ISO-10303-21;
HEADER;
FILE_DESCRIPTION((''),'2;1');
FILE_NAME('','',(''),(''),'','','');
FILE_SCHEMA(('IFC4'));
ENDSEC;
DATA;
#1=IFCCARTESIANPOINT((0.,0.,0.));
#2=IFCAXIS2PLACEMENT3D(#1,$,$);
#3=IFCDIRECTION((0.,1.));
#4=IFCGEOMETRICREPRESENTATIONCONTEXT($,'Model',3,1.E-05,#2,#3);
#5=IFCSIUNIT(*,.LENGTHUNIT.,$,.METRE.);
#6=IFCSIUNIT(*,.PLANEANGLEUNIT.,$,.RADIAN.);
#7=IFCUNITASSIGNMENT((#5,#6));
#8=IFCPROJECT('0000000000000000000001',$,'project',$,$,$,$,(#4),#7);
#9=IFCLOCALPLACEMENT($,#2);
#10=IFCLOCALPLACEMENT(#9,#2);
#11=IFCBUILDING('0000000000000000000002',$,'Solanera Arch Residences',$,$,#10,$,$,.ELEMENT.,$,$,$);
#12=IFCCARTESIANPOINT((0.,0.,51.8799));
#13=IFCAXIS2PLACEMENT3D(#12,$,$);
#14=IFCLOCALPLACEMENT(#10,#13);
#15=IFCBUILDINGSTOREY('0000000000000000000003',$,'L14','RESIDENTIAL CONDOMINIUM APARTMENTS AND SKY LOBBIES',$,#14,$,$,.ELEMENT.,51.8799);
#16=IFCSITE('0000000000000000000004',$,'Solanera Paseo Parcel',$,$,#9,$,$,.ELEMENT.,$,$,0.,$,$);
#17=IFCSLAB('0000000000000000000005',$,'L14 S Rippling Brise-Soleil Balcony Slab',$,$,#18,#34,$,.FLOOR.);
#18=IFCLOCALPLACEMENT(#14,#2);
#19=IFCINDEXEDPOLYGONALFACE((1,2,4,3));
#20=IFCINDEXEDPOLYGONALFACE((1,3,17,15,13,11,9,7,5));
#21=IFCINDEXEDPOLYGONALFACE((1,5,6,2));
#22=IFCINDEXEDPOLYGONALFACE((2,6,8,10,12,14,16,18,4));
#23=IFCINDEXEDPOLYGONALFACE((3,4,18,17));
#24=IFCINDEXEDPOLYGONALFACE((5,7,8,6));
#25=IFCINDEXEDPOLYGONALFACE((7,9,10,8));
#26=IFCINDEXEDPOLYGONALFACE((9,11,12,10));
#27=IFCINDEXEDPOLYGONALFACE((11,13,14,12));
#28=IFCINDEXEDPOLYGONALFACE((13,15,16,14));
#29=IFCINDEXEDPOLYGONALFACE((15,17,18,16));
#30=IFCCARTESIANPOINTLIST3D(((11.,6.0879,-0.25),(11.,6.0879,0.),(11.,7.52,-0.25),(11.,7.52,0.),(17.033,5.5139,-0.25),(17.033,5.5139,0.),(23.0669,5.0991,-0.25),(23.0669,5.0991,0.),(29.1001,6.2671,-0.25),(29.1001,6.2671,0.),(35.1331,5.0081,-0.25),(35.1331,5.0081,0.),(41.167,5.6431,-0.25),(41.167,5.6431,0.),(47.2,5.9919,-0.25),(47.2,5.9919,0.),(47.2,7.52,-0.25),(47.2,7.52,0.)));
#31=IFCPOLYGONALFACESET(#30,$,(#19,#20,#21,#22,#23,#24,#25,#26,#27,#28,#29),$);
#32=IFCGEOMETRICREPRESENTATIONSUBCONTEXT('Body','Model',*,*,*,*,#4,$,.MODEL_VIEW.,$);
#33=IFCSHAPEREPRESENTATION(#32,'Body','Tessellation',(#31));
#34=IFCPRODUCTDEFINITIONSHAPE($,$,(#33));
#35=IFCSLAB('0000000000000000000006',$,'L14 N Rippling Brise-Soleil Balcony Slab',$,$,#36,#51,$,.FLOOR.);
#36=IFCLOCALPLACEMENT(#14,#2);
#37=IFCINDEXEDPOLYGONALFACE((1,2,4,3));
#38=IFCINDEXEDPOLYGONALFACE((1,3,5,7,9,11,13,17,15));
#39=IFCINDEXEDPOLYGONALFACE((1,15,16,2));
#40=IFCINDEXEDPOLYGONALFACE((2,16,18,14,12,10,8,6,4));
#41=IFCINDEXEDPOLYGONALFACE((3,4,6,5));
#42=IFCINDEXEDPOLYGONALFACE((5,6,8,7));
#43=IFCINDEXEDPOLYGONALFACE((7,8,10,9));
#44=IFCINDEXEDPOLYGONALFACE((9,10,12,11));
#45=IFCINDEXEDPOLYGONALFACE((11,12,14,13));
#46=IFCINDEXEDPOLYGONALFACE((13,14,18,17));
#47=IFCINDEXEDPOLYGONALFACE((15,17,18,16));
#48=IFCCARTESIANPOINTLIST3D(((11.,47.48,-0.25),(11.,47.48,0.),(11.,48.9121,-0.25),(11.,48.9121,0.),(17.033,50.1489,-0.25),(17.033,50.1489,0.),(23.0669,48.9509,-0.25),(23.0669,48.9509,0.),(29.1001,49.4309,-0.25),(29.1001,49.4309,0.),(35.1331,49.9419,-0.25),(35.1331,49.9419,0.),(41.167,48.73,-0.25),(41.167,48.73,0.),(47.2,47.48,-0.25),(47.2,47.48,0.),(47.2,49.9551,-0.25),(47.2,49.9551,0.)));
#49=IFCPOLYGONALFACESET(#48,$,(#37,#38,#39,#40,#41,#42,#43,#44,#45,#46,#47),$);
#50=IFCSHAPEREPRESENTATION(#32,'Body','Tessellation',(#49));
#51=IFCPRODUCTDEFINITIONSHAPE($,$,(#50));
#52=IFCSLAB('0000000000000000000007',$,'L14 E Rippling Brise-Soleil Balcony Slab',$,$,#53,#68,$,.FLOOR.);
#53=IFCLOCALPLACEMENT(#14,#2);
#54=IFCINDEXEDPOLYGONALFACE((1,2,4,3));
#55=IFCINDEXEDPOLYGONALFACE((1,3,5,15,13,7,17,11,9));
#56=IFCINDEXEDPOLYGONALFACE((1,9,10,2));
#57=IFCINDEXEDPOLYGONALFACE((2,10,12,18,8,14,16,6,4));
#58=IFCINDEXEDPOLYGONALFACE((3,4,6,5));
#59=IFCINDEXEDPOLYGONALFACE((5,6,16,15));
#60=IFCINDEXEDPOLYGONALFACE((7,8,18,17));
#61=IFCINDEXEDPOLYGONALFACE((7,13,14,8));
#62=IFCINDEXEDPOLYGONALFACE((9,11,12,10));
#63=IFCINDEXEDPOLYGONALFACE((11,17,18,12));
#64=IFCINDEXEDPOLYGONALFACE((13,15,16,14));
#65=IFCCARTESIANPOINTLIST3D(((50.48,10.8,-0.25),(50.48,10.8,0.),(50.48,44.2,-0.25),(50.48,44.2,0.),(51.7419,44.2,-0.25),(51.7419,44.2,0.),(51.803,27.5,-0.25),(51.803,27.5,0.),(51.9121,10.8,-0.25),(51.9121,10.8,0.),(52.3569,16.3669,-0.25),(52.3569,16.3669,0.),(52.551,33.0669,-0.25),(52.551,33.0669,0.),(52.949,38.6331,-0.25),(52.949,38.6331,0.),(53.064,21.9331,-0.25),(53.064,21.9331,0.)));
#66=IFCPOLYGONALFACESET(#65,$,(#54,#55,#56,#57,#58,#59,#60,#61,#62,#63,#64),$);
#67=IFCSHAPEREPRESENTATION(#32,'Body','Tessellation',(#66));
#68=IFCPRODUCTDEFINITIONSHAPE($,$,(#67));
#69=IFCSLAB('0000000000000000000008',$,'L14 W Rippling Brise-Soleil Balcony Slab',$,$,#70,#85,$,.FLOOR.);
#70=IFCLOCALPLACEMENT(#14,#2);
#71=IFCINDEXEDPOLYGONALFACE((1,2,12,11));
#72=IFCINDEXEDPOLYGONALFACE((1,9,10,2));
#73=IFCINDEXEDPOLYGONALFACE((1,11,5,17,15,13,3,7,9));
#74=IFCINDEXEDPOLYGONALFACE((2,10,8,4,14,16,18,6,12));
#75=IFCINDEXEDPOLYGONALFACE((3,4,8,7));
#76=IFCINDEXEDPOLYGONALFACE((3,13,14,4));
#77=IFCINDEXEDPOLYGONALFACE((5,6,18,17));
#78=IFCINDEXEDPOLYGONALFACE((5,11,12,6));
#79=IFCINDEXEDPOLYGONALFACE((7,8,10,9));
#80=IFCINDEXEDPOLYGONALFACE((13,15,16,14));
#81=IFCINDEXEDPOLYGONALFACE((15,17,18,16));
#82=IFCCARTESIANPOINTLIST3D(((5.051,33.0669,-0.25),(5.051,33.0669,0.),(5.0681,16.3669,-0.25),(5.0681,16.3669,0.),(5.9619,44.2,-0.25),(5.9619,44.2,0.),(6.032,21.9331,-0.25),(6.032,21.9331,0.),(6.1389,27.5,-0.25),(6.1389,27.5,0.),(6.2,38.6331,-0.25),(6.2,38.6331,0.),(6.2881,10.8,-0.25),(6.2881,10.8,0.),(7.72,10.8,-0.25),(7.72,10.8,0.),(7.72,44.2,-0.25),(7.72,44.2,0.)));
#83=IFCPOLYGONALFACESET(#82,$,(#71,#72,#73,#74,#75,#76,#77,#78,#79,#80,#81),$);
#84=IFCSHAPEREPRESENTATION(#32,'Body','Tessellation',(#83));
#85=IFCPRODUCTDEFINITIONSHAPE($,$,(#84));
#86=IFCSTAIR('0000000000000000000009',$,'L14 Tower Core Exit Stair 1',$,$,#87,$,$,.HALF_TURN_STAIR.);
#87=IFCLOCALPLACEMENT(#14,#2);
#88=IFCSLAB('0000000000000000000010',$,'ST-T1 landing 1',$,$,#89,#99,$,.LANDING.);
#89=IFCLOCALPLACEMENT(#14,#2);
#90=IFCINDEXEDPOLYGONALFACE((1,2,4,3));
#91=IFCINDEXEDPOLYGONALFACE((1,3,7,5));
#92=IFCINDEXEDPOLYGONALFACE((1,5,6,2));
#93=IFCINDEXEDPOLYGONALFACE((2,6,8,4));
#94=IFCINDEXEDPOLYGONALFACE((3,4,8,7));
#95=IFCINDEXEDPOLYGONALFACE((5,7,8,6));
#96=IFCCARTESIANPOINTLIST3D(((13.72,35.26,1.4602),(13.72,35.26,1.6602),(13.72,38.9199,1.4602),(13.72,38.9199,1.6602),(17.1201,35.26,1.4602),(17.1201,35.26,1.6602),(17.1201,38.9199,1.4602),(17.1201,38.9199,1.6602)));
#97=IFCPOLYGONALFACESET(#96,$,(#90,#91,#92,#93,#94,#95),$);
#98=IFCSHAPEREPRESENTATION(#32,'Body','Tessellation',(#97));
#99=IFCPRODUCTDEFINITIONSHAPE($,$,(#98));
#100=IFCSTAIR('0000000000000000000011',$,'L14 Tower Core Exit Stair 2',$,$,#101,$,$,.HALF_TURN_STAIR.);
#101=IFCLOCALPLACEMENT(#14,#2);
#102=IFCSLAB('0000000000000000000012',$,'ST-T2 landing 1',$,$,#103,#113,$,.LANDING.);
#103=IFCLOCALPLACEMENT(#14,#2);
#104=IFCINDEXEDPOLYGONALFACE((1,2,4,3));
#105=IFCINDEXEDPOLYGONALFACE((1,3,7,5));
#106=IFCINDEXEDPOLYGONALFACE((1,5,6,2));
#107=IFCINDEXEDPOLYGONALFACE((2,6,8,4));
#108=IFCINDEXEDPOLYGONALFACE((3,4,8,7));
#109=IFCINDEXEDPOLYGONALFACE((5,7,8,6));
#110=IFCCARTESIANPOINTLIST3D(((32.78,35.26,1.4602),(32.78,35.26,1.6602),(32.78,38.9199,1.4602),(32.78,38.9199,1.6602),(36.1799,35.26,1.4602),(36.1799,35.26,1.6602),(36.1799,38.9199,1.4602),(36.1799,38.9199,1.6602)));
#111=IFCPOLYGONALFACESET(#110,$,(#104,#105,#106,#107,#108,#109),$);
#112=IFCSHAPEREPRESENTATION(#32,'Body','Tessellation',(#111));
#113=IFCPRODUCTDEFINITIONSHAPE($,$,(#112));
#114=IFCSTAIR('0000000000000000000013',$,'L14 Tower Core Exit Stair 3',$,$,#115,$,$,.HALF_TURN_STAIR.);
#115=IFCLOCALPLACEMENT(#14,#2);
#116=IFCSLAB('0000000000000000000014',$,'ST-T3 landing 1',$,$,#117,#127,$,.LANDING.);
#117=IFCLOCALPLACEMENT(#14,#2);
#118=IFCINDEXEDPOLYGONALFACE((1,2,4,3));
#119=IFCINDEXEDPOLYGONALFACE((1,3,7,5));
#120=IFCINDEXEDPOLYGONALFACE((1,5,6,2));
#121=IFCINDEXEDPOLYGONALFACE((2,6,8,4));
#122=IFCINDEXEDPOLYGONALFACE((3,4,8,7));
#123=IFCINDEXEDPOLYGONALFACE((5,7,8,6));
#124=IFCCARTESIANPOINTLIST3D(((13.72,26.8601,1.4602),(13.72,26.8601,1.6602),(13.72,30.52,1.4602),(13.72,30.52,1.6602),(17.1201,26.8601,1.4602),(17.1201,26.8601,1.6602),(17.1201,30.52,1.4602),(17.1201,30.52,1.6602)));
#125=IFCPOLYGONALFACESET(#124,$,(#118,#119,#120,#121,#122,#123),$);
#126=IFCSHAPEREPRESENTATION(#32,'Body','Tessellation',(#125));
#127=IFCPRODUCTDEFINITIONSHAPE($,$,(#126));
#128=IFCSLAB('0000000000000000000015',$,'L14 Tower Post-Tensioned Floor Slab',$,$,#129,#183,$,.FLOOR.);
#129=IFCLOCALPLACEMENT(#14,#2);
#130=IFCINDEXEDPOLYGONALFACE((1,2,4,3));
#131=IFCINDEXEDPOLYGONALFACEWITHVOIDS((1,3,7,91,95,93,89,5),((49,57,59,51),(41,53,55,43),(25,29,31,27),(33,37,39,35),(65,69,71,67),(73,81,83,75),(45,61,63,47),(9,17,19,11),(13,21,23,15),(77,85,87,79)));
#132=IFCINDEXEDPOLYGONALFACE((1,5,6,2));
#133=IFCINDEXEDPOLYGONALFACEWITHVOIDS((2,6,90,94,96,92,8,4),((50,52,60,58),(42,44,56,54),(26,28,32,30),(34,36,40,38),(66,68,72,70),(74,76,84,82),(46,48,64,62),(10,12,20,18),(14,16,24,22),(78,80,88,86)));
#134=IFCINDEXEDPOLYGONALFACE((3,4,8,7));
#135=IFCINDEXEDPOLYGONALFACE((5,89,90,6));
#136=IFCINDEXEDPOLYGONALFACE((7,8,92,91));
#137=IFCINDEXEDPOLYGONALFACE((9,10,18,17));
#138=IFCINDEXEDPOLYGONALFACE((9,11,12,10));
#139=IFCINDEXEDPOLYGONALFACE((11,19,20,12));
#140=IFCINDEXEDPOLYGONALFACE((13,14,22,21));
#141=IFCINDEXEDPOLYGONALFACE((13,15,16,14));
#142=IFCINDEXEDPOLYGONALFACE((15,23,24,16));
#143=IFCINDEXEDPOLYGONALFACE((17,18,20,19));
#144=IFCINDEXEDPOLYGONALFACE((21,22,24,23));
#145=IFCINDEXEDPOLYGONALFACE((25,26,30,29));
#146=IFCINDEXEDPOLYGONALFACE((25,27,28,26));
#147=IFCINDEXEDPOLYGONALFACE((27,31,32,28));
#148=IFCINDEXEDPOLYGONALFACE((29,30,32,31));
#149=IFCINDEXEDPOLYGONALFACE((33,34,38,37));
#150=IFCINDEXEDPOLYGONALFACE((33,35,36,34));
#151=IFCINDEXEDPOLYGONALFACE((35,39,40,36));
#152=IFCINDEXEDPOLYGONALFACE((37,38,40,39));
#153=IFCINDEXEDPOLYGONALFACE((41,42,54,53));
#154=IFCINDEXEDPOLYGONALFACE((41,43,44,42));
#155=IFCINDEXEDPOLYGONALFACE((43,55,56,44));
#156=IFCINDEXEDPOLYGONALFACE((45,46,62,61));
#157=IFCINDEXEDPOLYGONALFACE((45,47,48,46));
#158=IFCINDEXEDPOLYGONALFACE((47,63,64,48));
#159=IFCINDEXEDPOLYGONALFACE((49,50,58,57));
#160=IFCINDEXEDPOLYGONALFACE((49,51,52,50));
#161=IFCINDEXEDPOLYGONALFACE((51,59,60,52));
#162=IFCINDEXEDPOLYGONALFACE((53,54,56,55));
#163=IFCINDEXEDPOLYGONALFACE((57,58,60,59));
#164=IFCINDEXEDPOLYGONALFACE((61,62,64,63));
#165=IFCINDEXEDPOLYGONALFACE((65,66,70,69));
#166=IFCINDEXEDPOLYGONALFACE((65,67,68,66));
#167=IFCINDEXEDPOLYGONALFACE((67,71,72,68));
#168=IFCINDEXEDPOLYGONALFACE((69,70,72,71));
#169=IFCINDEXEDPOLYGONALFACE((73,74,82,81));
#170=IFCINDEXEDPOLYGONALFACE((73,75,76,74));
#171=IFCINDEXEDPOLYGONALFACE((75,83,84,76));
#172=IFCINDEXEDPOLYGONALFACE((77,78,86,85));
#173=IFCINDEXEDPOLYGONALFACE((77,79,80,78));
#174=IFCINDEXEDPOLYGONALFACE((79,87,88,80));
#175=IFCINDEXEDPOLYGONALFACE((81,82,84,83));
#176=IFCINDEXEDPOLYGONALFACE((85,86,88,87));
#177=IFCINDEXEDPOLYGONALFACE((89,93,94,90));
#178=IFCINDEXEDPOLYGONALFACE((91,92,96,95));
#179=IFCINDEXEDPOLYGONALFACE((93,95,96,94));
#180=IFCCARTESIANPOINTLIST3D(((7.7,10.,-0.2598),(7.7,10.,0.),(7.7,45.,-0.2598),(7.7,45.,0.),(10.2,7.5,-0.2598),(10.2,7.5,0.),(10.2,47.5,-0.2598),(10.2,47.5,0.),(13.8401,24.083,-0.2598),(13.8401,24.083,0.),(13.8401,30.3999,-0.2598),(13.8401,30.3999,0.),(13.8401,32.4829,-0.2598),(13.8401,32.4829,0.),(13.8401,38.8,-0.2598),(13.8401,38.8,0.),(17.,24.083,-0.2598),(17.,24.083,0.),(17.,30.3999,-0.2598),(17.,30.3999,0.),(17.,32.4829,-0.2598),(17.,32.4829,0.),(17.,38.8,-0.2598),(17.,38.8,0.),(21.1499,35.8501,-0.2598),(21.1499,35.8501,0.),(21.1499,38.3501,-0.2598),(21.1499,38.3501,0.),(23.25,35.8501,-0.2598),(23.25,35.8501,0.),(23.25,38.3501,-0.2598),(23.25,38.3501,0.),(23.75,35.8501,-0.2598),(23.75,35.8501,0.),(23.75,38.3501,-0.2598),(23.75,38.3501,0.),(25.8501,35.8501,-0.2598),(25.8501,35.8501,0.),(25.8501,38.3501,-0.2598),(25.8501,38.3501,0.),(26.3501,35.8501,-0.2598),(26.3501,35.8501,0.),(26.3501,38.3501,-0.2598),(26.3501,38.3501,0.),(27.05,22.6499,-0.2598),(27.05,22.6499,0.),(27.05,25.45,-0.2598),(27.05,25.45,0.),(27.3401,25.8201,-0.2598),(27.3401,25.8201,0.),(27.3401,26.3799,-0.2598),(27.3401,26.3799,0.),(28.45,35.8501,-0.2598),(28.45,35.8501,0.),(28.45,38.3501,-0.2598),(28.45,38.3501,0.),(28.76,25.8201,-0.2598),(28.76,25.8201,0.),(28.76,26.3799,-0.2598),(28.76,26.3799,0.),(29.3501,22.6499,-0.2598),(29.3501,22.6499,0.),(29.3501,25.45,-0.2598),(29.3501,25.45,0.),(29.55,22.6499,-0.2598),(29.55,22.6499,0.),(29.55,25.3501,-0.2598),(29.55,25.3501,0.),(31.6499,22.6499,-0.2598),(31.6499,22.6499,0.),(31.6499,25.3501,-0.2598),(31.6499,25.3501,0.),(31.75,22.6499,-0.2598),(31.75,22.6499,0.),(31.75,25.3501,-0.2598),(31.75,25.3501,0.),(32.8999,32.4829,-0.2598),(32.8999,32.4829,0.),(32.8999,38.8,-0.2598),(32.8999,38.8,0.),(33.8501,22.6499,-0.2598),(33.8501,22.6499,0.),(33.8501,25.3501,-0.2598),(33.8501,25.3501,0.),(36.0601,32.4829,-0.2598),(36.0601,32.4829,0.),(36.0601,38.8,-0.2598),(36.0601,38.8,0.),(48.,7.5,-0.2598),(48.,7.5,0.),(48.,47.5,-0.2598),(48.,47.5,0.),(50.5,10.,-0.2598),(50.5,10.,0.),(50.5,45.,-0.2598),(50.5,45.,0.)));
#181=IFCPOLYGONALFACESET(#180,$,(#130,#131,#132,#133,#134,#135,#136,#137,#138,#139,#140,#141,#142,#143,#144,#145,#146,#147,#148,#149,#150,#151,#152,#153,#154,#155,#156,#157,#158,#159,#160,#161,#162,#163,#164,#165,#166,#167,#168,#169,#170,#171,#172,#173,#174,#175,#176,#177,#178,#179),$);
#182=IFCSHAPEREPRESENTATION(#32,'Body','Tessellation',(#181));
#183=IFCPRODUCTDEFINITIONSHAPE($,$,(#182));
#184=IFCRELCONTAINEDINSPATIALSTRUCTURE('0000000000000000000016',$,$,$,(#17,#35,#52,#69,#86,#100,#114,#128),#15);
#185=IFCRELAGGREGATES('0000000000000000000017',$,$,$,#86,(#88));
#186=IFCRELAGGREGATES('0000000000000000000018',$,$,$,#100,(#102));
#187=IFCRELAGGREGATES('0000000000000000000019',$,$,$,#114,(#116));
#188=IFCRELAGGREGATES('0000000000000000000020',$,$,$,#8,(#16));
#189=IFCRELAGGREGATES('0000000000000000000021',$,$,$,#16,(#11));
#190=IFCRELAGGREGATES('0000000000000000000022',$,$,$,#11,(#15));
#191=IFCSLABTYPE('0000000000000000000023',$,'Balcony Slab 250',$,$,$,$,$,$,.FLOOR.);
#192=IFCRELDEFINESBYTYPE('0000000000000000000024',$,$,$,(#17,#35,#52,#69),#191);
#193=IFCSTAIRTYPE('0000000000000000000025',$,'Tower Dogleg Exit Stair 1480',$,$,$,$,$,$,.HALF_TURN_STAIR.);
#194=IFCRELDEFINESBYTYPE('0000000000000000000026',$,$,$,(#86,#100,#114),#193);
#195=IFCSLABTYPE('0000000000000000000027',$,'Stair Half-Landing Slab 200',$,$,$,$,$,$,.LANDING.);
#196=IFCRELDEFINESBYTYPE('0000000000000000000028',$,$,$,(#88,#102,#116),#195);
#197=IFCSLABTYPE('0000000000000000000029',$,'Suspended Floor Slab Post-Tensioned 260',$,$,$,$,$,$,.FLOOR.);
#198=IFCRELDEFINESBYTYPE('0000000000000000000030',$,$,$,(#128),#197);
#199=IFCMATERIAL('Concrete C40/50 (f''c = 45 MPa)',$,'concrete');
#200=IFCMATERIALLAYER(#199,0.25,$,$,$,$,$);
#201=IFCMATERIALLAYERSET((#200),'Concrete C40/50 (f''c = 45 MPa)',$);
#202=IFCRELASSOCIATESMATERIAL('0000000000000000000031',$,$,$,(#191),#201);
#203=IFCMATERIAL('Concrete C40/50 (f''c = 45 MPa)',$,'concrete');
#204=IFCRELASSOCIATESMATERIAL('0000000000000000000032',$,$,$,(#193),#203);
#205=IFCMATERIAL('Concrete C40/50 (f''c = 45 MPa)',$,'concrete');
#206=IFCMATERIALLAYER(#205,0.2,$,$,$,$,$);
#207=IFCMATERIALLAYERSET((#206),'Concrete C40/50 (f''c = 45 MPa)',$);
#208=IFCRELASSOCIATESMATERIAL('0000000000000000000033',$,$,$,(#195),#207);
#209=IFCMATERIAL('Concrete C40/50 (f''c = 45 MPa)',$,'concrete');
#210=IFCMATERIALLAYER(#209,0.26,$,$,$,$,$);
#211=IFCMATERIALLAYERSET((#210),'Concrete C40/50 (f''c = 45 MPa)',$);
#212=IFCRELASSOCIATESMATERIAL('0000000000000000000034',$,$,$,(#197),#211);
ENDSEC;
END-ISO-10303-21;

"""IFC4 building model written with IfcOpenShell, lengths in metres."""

from ifc_helpers import new_model, si_unit, direction, frame, origin, place, context, subcontext, project, spatial, polyline, outline, extrude, material, layer, layer_set, type_object, element, aggregate, save


model = new_model("IFC4")

# Units and contexts
model_context = context("Model", 3, precision=1e-05, world=origin(), true_north=direction((0.0, 1.0)))
body_context = subcontext(model_context, "Body", "Model", "MODEL_VIEW")
ifc_project = project(units=[si_unit("LENGTHUNIT", "METRE"), si_unit("PLANEANGLEUNIT", "RADIAN")], contexts=[model_context])

# Site, building, storey
site_placement = place(None, origin())
site = spatial("IfcSite", under=ifc_project, at=site_placement, Name="Solanera Paseo Parcel", CompositionType="ELEMENT", RefElevation=0.0)
building_placement = place(site_placement, origin())
building = spatial("IfcBuilding", under=site, at=building_placement, Name="Solanera Arch Residences", CompositionType="ELEMENT")
storey_placement = place(building_placement, frame((0.0, 0.0, 51.8799)))
storey = spatial("IfcBuildingStorey", under=building, at=storey_placement, Name="L14", Description="RESIDENTIAL CONDOMINIUM APARTMENTS AND SKY LOBBIES", CompositionType="ELEMENT", Elevation=51.8799)

# Slabs
ifc_material_1 = material(Name="Concrete C40/50 (f'c = 45 MPa)", Category="concrete")
ifc_layer_1 = layer(ifc_material_1, 0.25)
ifc_layer_set_1 = layer_set([ifc_layer_1], Name="Concrete C40/50 (f'c = 45 MPa)")
slab_type_1 = type_object("IfcSlabType", Name="Balcony Slab 250", PredefinedType="FLOOR", material=ifc_layer_set_1)
slab_1_placement = place(storey_placement, frame((0.0, 0.0, -0.25)))
element("IfcSlab", 1, at=slab_1_placement, inside=storey, type_object=slab_type_1, Name="L14 S Rippling Brise-Soleil Balcony Slab", PredefinedType="FLOOR", context=body_context, shape_type="SweptSolid", body=[
    extrude(outline(polyline([(11.0, 6.0879), (17.033, 5.5139), (23.0669, 5.0991), (29.1001, 6.2671), (35.1331, 5.0081), (41.167, 5.6431), (47.2, 5.9919), (47.2, 7.52), (11.0, 7.52), (11.0, 6.0879)])), origin(), (0.0, 0.0, 1.0), 0.25),
])
slab_2_placement = place(storey_placement, frame((0.0, 0.0, -0.25)))
element("IfcSlab", 2, at=slab_2_placement, inside=storey, type_object=slab_type_1, Name="L14 N Rippling Brise-Soleil Balcony Slab", PredefinedType="FLOOR", context=body_context, shape_type="SweptSolid", body=[
    extrude(outline(polyline([(47.2, 49.9551), (41.167, 48.73), (35.1331, 49.9419), (29.1001, 49.4309), (23.0669, 48.9509), (17.033, 50.1489), (11.0, 48.9121), (11.0, 47.48), (47.2, 47.48), (47.2, 49.9551)])), origin(), (0.0, 0.0, 1.0), 0.25),
])
slab_3_placement = place(storey_placement, frame((0.0, 0.0, -0.25)))
element("IfcSlab", 3, at=slab_3_placement, inside=storey, type_object=slab_type_1, Name="L14 E Rippling Brise-Soleil Balcony Slab", PredefinedType="FLOOR", context=body_context, shape_type="SweptSolid", body=[
    extrude(outline(polyline([(51.9121, 10.8), (52.3569, 16.3669), (53.064, 21.9331), (51.803, 27.5), (52.551, 33.0669), (52.949, 38.6331), (51.7419, 44.2), (50.48, 44.2), (50.48, 10.8), (51.9121, 10.8)])), origin(), (0.0, 0.0, 1.0), 0.25),
])
slab_4_placement = place(storey_placement, frame((0.0, 0.0, -0.25)))
element("IfcSlab", 4, at=slab_4_placement, inside=storey, type_object=slab_type_1, Name="L14 W Rippling Brise-Soleil Balcony Slab", PredefinedType="FLOOR", context=body_context, shape_type="SweptSolid", body=[
    extrude(outline(polyline([(5.9619, 44.2), (6.2, 38.6331), (5.051, 33.0669), (6.1389, 27.5), (6.032, 21.9331), (5.0681, 16.3669), (6.2881, 10.8), (7.72, 10.8), (7.72, 44.2), (5.9619, 44.2)])), origin(), (0.0, 0.0, 1.0), 0.25),
])

# Stairs, slabs
ifc_material_2 = material(Name="Concrete C40/50 (f'c = 45 MPa)", Category="concrete")
stair_type = type_object("IfcStairType", Name="Tower Dogleg Exit Stair 1480", PredefinedType="HALF_TURN_STAIR", material=ifc_material_2)
stair_1_placement = place(storey_placement, origin())
stair_1 = element("IfcStair", 5, at=stair_1_placement, inside=storey, type_object=stair_type, Name="L14 Tower Core Exit Stair 1", PredefinedType="HALF_TURN_STAIR")
ifc_material_3 = material(Name="Concrete C40/50 (f'c = 45 MPa)", Category="concrete")
ifc_layer_2 = layer(ifc_material_3, 0.2)
ifc_layer_set_2 = layer_set([ifc_layer_2], Name="Concrete C40/50 (f'c = 45 MPa)")
slab_type_2 = type_object("IfcSlabType", Name="Stair Half-Landing Slab 200", PredefinedType="LANDING", material=ifc_layer_set_2)
slab_5_placement = place(storey_placement, frame((0.0, 0.0, 1.4602)))
slab_5 = element("IfcSlab", 6, at=slab_5_placement, type_object=slab_type_2, Name="ST-T1 landing 1", PredefinedType="LANDING", context=body_context, shape_type="SweptSolid", body=[
    extrude(outline(polyline([(17.1201, 35.26), (17.1201, 38.9199), (13.72, 38.9199), (13.72, 35.26), (17.1201, 35.26)])), origin(), (0.0, 0.0, 1.0), 0.2),
])
aggregate(stair_1, [slab_5])
stair_2_placement = place(storey_placement, origin())
stair_2 = element("IfcStair", 7, at=stair_2_placement, inside=storey, type_object=stair_type, Name="L14 Tower Core Exit Stair 2", PredefinedType="HALF_TURN_STAIR")
slab_6_placement = place(storey_placement, frame((0.0, 0.0, 1.4602)))
slab_6 = element("IfcSlab", 8, at=slab_6_placement, type_object=slab_type_2, Name="ST-T2 landing 1", PredefinedType="LANDING", context=body_context, shape_type="SweptSolid", body=[
    extrude(outline(polyline([(36.1799, 35.26), (36.1799, 38.9199), (32.78, 38.9199), (32.78, 35.26), (36.1799, 35.26)])), origin(), (0.0, 0.0, 1.0), 0.2),
])
aggregate(stair_2, [slab_6])
stair_3_placement = place(storey_placement, origin())
stair_3 = element("IfcStair", 9, at=stair_3_placement, inside=storey, type_object=stair_type, Name="L14 Tower Core Exit Stair 3", PredefinedType="HALF_TURN_STAIR")
slab_7_placement = place(storey_placement, frame((0.0, 0.0, 1.4602)))
slab_7 = element("IfcSlab", 10, at=slab_7_placement, type_object=slab_type_2, Name="ST-T3 landing 1", PredefinedType="LANDING", context=body_context, shape_type="SweptSolid", body=[
    extrude(outline(polyline([(17.1201, 26.8601), (17.1201, 30.52), (13.72, 30.52), (13.72, 26.8601), (17.1201, 26.8601)])), origin(), (0.0, 0.0, 1.0), 0.2),
])
aggregate(stair_3, [slab_7])

# Slab
ifc_material_4 = material(Name="Concrete C40/50 (f'c = 45 MPa)", Category="concrete")
ifc_layer_3 = layer(ifc_material_4, 0.26)
ifc_layer_set_3 = layer_set([ifc_layer_3], Name="Concrete C40/50 (f'c = 45 MPa)")
slab_type_3 = type_object("IfcSlabType", Name="Suspended Floor Slab Post-Tensioned 260", PredefinedType="FLOOR", material=ifc_layer_set_3)
slab_8_placement = place(storey_placement, frame((0.0, 0.0, -0.2598)))
element("IfcSlab", 11, at=slab_8_placement, inside=storey, type_object=slab_type_3, Name="L14 Tower Post-Tensioned Floor Slab", PredefinedType="FLOOR", context=body_context, shape_type="SweptSolid", body=[
    extrude(outline(polyline([(10.2, 7.5), (48.0, 7.5), (50.5, 10.0), (50.5, 45.0), (48.0, 47.5), (10.2, 47.5), (7.7, 45.0), (7.7, 10.0), (10.2, 7.5)]), holes=[polyline([(13.8401, 32.4829), (13.8401, 38.8), (17.0, 38.8), (17.0, 32.4829), (13.8401, 32.4829)]), polyline([(32.8999, 32.4829), (32.8999, 38.8), (36.0601, 38.8), (36.0601, 32.4829), (32.8999, 32.4829)]), polyline([(13.8401, 24.083), (13.8401, 30.3999), (17.0, 30.3999), (17.0, 24.083), (13.8401, 24.083)]), polyline([(21.1499, 38.3501), (23.25, 38.3501), (23.25, 35.8501), (21.1499, 35.8501), (21.1499, 38.3501)]), polyline([(23.75, 38.3501), (25.8501, 38.3501), (25.8501, 35.8501), (23.75, 35.8501), (23.75, 38.3501)]), polyline([(26.3501, 38.3501), (28.45, 38.3501), (28.45, 35.8501), (26.3501, 35.8501), (26.3501, 38.3501)]), polyline([(29.55, 25.3501), (31.6499, 25.3501), (31.6499, 22.6499), (29.55, 22.6499), (29.55, 25.3501)]), polyline([(31.75, 25.3501), (33.8501, 25.3501), (33.8501, 22.6499), (31.75, 22.6499), (31.75, 25.3501)]), polyline([(27.05, 25.45), (29.3501, 25.45), (29.3501, 22.6499), (27.05, 22.6499), (27.05, 25.45)]), polyline([(27.3401, 26.3799), (28.76, 26.3799), (28.76, 25.8201), (27.3401, 25.8201), (27.3401, 26.3799)])]), origin(), (0.0, 0.0, 1.0), 0.2598),
])

save(model, "model.ifc")
